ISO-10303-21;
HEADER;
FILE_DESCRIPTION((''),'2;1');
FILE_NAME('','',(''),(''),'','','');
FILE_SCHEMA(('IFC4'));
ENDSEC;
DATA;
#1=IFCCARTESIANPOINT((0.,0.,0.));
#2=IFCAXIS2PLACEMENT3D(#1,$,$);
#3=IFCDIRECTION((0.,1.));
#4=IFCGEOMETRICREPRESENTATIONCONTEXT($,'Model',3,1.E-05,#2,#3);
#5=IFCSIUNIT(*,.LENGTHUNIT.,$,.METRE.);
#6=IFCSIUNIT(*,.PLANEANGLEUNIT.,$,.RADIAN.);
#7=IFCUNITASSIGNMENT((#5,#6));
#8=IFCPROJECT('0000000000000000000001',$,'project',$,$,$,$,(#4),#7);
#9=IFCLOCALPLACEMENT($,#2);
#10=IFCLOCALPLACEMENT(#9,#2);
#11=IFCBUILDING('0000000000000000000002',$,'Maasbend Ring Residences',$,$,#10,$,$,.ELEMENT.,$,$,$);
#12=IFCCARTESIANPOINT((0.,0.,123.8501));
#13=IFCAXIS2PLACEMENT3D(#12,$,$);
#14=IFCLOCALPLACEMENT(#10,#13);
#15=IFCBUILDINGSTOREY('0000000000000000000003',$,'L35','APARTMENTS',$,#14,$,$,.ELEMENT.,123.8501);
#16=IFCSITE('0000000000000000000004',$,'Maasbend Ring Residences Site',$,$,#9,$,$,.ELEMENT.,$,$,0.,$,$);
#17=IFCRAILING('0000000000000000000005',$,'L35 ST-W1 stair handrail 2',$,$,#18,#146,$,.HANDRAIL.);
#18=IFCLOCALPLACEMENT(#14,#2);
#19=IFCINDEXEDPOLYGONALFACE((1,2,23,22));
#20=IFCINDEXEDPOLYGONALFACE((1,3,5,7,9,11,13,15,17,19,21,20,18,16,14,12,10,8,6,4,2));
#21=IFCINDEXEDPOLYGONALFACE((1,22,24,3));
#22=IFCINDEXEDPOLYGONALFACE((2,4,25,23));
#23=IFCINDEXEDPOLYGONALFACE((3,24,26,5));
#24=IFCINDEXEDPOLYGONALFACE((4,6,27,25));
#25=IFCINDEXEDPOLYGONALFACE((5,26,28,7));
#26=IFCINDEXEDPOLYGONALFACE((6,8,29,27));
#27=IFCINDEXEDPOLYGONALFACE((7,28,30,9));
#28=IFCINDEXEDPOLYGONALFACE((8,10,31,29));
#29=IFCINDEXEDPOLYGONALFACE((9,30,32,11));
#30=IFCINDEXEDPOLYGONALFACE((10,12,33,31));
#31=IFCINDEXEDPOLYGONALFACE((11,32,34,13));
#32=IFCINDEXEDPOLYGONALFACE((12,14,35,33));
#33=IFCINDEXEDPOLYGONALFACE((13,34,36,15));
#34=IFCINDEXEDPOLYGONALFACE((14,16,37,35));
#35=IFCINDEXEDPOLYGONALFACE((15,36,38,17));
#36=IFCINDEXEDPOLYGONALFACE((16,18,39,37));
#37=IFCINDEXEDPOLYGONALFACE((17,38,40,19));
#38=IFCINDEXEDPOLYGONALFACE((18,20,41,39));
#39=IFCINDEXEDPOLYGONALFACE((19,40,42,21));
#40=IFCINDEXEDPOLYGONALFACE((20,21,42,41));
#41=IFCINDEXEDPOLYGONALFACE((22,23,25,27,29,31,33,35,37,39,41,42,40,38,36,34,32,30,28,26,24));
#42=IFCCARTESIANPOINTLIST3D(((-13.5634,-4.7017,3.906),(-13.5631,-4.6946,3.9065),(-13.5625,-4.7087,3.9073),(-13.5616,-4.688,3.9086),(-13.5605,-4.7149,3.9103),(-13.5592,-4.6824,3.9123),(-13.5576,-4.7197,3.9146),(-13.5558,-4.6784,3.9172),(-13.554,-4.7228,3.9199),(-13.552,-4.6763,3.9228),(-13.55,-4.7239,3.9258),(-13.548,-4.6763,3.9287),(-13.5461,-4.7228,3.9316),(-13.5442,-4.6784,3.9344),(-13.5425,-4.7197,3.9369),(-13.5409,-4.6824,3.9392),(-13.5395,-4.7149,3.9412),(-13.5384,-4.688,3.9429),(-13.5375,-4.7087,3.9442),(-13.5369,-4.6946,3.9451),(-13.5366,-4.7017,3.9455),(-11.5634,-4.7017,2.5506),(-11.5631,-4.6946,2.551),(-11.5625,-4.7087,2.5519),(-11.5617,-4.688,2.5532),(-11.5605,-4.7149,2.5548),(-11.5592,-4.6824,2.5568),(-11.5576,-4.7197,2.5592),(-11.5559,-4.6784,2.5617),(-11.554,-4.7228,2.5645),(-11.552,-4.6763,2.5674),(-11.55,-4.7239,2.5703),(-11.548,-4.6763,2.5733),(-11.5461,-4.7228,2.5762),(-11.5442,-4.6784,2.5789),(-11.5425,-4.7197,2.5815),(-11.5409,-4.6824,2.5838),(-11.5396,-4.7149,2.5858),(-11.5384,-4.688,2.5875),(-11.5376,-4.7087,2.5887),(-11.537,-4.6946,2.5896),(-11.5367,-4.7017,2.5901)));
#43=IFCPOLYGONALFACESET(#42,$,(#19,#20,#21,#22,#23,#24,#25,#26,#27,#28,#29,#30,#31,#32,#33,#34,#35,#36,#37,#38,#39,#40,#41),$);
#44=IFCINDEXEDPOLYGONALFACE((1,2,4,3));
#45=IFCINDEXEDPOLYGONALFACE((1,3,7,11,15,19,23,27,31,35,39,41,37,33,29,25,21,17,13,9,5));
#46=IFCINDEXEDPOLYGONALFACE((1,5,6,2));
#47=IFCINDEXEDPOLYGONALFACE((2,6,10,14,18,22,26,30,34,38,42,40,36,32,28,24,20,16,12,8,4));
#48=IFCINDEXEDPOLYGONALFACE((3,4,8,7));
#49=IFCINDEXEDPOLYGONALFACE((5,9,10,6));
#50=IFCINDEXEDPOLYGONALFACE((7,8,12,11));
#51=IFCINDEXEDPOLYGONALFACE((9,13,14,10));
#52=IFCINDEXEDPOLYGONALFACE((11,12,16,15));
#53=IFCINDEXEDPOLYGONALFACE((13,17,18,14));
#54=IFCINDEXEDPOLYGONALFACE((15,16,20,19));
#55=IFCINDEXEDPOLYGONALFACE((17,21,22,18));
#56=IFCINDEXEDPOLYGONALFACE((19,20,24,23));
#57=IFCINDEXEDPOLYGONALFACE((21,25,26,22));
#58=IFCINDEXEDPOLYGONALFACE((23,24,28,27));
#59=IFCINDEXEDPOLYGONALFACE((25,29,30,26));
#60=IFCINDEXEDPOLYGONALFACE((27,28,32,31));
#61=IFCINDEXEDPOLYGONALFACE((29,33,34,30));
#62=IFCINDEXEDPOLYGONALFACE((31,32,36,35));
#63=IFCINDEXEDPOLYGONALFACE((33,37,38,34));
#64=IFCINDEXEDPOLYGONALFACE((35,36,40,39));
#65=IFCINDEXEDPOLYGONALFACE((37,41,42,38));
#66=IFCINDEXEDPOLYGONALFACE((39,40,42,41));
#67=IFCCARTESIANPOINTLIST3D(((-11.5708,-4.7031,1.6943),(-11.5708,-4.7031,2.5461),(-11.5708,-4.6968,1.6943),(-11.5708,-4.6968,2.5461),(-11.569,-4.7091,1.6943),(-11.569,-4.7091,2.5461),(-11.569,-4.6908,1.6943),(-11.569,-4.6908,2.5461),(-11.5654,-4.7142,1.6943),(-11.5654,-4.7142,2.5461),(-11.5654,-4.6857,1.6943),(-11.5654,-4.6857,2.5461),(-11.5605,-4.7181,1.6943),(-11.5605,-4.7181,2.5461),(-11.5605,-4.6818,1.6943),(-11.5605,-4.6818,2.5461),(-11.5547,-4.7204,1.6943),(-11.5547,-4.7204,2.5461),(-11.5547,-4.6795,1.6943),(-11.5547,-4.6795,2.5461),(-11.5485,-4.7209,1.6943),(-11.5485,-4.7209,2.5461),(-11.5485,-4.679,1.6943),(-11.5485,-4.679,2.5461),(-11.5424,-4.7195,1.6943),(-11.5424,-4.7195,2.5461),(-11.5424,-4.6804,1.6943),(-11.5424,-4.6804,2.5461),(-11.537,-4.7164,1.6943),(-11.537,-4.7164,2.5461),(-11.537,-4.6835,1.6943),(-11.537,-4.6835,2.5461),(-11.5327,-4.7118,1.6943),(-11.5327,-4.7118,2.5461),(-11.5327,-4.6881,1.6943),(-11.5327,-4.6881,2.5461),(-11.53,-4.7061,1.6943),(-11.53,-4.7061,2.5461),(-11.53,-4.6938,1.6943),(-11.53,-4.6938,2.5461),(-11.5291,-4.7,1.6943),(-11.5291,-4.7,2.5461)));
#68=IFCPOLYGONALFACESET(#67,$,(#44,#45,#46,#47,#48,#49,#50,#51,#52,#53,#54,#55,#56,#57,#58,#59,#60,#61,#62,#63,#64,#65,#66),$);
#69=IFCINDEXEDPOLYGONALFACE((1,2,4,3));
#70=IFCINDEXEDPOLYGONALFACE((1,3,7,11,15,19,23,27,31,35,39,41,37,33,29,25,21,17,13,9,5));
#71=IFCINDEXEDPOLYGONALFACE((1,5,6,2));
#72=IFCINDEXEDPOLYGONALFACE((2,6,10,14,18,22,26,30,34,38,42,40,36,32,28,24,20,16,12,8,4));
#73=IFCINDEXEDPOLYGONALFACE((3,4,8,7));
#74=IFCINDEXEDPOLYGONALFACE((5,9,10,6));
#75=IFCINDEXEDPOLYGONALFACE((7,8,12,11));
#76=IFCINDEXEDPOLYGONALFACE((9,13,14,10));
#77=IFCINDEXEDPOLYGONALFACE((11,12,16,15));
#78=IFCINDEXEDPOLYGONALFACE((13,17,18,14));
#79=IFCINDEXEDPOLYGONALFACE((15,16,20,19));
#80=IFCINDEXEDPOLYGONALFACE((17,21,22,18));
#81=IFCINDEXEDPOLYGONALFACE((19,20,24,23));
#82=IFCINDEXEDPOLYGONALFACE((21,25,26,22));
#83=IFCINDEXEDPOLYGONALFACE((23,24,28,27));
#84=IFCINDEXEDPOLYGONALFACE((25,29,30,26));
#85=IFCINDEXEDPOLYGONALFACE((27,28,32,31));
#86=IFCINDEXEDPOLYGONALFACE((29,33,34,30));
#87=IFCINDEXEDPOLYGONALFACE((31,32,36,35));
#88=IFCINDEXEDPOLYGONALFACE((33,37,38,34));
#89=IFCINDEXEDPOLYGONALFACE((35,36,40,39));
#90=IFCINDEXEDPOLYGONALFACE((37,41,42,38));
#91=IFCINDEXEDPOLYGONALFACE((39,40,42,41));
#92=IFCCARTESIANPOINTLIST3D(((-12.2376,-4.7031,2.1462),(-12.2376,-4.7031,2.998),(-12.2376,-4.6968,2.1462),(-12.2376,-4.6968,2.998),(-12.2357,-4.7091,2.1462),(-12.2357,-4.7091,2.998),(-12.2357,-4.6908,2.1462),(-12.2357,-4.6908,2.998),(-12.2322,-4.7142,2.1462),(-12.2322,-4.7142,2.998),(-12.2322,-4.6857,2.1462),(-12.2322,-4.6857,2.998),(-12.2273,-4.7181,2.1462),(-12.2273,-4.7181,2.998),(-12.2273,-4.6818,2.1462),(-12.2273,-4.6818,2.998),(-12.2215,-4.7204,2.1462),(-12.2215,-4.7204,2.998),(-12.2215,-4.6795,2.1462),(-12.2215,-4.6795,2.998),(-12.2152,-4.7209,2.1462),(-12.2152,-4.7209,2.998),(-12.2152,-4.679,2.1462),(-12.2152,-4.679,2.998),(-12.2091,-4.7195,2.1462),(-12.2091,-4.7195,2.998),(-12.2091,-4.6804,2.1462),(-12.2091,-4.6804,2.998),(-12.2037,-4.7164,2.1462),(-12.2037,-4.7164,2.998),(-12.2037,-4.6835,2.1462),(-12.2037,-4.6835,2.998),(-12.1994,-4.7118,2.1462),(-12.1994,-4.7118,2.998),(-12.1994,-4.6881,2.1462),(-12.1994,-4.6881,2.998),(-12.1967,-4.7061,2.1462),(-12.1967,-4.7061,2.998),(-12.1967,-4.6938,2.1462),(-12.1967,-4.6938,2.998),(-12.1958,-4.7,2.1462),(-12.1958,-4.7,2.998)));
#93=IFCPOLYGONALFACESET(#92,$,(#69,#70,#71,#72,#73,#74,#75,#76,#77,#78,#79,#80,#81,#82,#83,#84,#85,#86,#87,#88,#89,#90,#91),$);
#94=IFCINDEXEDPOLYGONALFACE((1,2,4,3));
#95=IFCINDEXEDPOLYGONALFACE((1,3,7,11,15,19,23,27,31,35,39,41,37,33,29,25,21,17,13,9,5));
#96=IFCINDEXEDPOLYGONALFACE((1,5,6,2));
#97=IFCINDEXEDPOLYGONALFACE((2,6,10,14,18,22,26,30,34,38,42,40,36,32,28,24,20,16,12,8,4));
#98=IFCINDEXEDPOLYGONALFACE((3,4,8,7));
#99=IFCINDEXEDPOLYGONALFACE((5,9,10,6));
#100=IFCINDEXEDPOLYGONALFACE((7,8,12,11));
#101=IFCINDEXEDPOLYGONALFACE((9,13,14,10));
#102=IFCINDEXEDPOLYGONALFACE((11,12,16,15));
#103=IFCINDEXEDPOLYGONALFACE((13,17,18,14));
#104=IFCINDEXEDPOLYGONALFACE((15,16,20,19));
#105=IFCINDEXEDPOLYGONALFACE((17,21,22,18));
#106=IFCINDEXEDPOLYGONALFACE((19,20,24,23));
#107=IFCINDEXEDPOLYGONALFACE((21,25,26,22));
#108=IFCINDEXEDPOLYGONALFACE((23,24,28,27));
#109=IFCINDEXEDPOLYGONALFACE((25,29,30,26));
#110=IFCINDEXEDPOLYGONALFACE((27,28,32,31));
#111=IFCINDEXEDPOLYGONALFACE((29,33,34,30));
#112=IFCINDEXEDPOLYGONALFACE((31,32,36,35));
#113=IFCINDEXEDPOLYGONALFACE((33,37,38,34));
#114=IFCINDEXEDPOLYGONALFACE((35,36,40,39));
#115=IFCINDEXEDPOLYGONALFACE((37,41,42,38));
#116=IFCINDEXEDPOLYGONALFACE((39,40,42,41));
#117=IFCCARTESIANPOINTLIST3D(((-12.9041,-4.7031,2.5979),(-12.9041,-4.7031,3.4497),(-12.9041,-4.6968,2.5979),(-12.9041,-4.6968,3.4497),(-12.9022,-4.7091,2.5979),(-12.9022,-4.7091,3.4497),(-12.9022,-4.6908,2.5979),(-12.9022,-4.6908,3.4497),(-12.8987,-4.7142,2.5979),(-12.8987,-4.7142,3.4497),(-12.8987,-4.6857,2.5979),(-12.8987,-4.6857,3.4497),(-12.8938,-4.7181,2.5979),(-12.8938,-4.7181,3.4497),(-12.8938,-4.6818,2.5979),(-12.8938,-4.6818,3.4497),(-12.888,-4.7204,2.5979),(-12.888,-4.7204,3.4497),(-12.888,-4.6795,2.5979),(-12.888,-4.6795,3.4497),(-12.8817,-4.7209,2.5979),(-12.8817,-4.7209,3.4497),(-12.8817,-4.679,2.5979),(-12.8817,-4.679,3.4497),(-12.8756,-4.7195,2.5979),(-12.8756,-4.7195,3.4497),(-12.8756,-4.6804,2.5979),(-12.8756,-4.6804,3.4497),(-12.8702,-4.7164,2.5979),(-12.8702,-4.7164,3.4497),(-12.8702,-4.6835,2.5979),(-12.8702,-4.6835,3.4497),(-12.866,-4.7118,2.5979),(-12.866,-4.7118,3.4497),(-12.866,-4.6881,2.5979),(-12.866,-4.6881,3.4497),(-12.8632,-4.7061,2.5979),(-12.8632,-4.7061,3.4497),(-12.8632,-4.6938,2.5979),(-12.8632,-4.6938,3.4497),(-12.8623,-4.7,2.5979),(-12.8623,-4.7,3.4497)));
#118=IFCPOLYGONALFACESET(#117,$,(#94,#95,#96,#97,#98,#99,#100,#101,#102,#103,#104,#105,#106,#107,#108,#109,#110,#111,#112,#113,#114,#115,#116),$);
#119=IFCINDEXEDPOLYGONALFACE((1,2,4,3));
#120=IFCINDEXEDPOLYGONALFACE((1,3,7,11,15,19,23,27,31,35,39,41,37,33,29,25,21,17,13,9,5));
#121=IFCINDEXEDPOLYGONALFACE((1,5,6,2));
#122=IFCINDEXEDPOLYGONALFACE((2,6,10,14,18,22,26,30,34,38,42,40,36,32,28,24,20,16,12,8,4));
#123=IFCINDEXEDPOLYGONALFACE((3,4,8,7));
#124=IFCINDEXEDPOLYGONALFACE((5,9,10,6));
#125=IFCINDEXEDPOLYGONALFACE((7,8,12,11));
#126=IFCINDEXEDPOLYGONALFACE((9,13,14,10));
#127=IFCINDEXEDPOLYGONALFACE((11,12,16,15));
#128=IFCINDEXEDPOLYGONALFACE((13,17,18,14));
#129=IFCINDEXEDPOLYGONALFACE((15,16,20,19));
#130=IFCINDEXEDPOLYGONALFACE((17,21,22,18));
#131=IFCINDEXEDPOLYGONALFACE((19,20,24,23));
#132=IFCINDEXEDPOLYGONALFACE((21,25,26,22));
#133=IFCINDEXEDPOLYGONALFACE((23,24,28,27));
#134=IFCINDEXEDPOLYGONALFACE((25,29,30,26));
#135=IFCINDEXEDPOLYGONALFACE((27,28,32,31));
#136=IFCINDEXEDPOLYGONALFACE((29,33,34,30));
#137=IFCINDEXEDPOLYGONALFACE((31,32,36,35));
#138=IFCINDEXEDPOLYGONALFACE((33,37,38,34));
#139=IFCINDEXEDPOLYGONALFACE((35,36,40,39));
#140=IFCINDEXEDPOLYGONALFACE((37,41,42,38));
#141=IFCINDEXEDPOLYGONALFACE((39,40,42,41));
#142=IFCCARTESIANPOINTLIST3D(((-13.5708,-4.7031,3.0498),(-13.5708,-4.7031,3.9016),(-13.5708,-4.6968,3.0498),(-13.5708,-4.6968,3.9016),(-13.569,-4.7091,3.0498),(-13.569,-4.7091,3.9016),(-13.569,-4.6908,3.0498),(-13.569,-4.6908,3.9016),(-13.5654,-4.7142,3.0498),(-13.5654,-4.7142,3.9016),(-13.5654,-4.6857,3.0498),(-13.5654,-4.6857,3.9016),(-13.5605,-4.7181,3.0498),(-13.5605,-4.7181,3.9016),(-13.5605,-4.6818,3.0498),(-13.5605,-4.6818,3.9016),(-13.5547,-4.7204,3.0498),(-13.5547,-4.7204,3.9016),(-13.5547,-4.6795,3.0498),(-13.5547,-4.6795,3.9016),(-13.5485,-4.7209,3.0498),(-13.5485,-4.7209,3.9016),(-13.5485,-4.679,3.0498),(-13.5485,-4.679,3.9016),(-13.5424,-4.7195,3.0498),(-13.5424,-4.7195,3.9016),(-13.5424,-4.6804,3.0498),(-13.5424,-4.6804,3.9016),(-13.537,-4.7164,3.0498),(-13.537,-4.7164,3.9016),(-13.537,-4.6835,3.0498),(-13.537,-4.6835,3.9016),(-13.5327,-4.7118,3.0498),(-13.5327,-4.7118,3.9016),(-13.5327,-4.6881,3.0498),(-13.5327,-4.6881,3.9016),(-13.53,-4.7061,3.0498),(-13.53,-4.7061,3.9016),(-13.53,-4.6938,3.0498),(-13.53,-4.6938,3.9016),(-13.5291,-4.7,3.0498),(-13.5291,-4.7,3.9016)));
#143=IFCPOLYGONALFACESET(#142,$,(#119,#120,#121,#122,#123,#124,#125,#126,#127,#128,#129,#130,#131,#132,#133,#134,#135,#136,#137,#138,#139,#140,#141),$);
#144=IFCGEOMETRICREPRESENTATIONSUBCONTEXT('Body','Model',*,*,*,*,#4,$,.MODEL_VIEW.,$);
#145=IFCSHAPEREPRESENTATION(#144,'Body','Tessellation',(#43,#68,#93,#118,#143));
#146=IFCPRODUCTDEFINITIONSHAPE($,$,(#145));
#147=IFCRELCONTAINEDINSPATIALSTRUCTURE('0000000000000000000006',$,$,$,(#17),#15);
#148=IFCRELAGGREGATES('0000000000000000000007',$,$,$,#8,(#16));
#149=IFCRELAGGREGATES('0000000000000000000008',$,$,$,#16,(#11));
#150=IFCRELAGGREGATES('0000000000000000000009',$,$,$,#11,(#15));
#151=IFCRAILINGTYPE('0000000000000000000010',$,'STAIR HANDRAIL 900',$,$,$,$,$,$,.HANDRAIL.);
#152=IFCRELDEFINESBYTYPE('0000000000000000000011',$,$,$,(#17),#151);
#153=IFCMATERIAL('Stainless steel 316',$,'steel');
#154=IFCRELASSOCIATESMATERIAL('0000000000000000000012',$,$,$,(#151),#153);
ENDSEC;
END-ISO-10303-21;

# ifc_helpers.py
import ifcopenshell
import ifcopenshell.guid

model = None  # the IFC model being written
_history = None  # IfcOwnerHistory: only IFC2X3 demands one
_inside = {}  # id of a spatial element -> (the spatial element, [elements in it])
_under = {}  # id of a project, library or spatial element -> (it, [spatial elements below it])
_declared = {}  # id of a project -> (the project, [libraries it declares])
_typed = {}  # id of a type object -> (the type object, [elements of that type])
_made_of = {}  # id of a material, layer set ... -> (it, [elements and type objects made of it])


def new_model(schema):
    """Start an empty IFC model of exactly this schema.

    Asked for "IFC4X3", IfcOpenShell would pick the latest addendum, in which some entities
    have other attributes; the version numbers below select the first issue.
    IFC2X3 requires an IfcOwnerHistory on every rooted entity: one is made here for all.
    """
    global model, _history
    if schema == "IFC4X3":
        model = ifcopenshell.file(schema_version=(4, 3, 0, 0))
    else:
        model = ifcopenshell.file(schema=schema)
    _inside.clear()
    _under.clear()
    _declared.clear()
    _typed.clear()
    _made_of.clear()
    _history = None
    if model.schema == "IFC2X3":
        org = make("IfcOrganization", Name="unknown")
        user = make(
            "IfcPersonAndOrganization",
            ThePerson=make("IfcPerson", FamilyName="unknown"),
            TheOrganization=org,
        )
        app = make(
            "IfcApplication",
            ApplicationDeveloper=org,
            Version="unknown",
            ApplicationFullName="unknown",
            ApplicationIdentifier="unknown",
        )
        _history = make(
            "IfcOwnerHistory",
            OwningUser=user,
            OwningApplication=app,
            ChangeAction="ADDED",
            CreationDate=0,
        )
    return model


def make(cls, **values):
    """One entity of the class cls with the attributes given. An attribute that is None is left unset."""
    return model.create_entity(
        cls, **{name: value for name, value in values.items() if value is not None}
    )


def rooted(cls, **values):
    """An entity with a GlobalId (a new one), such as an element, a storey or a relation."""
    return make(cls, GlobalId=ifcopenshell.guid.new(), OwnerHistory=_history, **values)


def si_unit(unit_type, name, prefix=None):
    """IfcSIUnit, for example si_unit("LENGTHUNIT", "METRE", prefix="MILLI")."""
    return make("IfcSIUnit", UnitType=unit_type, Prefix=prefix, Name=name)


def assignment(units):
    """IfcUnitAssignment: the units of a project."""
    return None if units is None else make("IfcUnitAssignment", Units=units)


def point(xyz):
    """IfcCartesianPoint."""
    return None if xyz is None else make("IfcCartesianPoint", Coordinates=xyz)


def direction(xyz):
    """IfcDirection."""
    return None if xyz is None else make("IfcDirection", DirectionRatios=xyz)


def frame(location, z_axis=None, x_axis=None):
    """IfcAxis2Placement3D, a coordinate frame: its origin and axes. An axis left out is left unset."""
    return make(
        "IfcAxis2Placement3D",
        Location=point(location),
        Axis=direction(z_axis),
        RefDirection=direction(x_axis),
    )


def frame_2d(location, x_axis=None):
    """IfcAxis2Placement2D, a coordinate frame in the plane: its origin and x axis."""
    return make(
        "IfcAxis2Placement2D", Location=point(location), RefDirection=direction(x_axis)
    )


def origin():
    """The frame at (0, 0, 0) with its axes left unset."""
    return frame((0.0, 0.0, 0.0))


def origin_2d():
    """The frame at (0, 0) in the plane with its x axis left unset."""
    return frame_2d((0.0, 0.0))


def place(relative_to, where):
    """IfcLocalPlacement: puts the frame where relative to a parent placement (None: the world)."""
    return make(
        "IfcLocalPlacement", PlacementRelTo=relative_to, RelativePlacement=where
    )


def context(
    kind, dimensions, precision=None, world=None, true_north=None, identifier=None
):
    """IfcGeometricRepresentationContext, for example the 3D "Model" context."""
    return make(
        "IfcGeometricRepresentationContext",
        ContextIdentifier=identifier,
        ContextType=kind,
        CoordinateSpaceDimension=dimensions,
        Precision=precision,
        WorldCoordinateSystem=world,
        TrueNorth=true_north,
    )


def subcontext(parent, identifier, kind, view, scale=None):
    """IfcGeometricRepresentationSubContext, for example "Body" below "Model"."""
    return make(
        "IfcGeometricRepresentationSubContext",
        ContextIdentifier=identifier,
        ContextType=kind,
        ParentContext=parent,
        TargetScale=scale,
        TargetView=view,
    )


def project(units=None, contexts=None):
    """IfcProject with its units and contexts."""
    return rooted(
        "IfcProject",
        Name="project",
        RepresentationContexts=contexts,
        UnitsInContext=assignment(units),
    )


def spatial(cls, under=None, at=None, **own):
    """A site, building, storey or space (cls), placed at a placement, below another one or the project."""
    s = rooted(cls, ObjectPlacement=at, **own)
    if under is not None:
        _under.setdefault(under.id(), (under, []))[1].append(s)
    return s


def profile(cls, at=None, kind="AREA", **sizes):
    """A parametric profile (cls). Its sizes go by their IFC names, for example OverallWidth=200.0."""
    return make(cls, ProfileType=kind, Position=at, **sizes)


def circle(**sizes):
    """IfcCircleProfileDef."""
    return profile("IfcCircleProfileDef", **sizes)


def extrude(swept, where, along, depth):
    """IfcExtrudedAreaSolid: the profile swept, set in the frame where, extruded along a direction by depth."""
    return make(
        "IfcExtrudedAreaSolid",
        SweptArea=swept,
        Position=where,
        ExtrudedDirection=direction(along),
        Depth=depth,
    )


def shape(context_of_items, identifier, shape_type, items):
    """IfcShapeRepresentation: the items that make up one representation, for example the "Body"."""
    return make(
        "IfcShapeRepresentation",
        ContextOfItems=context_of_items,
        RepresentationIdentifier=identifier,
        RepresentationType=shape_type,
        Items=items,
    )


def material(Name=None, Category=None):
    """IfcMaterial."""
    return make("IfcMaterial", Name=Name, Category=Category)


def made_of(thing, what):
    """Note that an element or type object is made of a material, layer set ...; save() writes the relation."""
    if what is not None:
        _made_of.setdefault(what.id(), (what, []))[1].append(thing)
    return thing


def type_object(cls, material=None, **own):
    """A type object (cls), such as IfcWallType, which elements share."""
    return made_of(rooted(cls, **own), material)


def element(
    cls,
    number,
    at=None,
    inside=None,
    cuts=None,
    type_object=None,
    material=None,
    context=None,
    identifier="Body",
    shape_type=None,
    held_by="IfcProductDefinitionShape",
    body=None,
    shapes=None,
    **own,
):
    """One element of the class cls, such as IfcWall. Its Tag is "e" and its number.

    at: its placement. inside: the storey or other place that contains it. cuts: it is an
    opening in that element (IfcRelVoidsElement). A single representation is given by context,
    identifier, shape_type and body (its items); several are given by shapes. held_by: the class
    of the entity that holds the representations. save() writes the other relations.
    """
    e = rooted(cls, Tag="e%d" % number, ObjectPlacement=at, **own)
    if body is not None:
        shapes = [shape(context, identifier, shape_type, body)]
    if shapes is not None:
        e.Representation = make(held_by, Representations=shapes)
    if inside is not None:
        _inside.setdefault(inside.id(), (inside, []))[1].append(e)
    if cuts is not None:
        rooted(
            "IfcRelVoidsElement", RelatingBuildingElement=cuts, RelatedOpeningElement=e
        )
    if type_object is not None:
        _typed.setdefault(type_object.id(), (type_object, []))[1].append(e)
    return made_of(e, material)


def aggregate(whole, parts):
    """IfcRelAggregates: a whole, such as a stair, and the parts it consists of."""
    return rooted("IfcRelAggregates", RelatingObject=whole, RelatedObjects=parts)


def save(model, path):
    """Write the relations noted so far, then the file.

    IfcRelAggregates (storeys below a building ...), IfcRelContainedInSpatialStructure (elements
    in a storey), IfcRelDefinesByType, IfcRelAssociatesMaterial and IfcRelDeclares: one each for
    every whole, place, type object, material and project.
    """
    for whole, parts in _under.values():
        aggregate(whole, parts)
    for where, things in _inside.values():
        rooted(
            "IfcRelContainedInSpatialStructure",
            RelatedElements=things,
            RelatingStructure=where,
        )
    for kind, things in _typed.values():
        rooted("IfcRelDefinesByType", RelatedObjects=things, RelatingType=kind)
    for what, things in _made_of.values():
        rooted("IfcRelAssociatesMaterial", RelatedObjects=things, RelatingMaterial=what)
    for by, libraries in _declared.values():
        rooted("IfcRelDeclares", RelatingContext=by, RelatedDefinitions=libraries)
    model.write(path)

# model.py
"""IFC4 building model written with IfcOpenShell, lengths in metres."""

from ifc_helpers import new_model, si_unit, direction, frame, origin, origin_2d, place, context, subcontext, project, spatial, circle, extrude, material, type_object, element, save


model = new_model("IFC4")

# Units and contexts
model_context = context("Model", 3, precision=1e-05, world=origin(), true_north=direction((0.0, 1.0)))
body_context = subcontext(model_context, "Body", "Model", "MODEL_VIEW")
ifc_project = project(units=[si_unit("LENGTHUNIT", "METRE"), si_unit("PLANEANGLEUNIT", "RADIAN")], contexts=[model_context])

# Site, building, storey
site_placement = place(None, origin())
site = spatial("IfcSite", under=ifc_project, at=site_placement, Name="Maasbend Ring Residences Site", CompositionType="ELEMENT", RefElevation=0.0)
building_placement = place(site_placement, origin())
building = spatial("IfcBuilding", under=site, at=building_placement, Name="Maasbend Ring Residences", CompositionType="ELEMENT")
storey_placement = place(building_placement, frame((0.0, 0.0, 123.8501)))
storey = spatial("IfcBuildingStorey", under=building, at=storey_placement, Name="L35", Description="APARTMENTS", CompositionType="ELEMENT", Elevation=123.8501)

# Railing
ifc_material_1 = material(Name="Stainless steel 316", Category="steel")
railing_type_1 = type_object("IfcRailingType", Name="STAIR HANDRAIL 900", PredefinedType="HANDRAIL", material=ifc_material_1)
railing_1_placement = place(storey_placement, frame((-11.55, -4.7, 1.6943)))
element("IfcRailing", 1, at=railing_1_placement, inside=storey, type_object=railing_type_1, Name="L35 ST-W1 stair handrail 2", PredefinedType="HANDRAIL", context=body_context, shape_type="SweptSolid", body=[
    extrude(circle(Radius=0.0239, at=origin_2d()), frame((0.0, 0.0, 0.876), z_axis=(-0.827798, 0.0, 0.561027), x_axis=(0.0, -1.0, 0.0)), (0.0, 0.0, 1.0), 2.416),
    extrude(circle(Radius=0.021, at=origin_2d()), origin(), (0.0, 0.0, 1.0), 0.8518),
    extrude(circle(Radius=0.021, at=origin_2d()), frame((-0.6667, 0.0, 0.4519)), (0.0, 0.0, 1.0), 0.8518),
    extrude(circle(Radius=0.021, at=origin_2d()), frame((-1.3333, 0.0, 0.9036)), (0.0, 0.0, 1.0), 0.8518),
    extrude(circle(Radius=0.021, at=origin_2d()), frame((-2.0, 0.0, 1.3555)), (0.0, 0.0, 1.0), 0.8518),
])

save(model, "model.ifc")
